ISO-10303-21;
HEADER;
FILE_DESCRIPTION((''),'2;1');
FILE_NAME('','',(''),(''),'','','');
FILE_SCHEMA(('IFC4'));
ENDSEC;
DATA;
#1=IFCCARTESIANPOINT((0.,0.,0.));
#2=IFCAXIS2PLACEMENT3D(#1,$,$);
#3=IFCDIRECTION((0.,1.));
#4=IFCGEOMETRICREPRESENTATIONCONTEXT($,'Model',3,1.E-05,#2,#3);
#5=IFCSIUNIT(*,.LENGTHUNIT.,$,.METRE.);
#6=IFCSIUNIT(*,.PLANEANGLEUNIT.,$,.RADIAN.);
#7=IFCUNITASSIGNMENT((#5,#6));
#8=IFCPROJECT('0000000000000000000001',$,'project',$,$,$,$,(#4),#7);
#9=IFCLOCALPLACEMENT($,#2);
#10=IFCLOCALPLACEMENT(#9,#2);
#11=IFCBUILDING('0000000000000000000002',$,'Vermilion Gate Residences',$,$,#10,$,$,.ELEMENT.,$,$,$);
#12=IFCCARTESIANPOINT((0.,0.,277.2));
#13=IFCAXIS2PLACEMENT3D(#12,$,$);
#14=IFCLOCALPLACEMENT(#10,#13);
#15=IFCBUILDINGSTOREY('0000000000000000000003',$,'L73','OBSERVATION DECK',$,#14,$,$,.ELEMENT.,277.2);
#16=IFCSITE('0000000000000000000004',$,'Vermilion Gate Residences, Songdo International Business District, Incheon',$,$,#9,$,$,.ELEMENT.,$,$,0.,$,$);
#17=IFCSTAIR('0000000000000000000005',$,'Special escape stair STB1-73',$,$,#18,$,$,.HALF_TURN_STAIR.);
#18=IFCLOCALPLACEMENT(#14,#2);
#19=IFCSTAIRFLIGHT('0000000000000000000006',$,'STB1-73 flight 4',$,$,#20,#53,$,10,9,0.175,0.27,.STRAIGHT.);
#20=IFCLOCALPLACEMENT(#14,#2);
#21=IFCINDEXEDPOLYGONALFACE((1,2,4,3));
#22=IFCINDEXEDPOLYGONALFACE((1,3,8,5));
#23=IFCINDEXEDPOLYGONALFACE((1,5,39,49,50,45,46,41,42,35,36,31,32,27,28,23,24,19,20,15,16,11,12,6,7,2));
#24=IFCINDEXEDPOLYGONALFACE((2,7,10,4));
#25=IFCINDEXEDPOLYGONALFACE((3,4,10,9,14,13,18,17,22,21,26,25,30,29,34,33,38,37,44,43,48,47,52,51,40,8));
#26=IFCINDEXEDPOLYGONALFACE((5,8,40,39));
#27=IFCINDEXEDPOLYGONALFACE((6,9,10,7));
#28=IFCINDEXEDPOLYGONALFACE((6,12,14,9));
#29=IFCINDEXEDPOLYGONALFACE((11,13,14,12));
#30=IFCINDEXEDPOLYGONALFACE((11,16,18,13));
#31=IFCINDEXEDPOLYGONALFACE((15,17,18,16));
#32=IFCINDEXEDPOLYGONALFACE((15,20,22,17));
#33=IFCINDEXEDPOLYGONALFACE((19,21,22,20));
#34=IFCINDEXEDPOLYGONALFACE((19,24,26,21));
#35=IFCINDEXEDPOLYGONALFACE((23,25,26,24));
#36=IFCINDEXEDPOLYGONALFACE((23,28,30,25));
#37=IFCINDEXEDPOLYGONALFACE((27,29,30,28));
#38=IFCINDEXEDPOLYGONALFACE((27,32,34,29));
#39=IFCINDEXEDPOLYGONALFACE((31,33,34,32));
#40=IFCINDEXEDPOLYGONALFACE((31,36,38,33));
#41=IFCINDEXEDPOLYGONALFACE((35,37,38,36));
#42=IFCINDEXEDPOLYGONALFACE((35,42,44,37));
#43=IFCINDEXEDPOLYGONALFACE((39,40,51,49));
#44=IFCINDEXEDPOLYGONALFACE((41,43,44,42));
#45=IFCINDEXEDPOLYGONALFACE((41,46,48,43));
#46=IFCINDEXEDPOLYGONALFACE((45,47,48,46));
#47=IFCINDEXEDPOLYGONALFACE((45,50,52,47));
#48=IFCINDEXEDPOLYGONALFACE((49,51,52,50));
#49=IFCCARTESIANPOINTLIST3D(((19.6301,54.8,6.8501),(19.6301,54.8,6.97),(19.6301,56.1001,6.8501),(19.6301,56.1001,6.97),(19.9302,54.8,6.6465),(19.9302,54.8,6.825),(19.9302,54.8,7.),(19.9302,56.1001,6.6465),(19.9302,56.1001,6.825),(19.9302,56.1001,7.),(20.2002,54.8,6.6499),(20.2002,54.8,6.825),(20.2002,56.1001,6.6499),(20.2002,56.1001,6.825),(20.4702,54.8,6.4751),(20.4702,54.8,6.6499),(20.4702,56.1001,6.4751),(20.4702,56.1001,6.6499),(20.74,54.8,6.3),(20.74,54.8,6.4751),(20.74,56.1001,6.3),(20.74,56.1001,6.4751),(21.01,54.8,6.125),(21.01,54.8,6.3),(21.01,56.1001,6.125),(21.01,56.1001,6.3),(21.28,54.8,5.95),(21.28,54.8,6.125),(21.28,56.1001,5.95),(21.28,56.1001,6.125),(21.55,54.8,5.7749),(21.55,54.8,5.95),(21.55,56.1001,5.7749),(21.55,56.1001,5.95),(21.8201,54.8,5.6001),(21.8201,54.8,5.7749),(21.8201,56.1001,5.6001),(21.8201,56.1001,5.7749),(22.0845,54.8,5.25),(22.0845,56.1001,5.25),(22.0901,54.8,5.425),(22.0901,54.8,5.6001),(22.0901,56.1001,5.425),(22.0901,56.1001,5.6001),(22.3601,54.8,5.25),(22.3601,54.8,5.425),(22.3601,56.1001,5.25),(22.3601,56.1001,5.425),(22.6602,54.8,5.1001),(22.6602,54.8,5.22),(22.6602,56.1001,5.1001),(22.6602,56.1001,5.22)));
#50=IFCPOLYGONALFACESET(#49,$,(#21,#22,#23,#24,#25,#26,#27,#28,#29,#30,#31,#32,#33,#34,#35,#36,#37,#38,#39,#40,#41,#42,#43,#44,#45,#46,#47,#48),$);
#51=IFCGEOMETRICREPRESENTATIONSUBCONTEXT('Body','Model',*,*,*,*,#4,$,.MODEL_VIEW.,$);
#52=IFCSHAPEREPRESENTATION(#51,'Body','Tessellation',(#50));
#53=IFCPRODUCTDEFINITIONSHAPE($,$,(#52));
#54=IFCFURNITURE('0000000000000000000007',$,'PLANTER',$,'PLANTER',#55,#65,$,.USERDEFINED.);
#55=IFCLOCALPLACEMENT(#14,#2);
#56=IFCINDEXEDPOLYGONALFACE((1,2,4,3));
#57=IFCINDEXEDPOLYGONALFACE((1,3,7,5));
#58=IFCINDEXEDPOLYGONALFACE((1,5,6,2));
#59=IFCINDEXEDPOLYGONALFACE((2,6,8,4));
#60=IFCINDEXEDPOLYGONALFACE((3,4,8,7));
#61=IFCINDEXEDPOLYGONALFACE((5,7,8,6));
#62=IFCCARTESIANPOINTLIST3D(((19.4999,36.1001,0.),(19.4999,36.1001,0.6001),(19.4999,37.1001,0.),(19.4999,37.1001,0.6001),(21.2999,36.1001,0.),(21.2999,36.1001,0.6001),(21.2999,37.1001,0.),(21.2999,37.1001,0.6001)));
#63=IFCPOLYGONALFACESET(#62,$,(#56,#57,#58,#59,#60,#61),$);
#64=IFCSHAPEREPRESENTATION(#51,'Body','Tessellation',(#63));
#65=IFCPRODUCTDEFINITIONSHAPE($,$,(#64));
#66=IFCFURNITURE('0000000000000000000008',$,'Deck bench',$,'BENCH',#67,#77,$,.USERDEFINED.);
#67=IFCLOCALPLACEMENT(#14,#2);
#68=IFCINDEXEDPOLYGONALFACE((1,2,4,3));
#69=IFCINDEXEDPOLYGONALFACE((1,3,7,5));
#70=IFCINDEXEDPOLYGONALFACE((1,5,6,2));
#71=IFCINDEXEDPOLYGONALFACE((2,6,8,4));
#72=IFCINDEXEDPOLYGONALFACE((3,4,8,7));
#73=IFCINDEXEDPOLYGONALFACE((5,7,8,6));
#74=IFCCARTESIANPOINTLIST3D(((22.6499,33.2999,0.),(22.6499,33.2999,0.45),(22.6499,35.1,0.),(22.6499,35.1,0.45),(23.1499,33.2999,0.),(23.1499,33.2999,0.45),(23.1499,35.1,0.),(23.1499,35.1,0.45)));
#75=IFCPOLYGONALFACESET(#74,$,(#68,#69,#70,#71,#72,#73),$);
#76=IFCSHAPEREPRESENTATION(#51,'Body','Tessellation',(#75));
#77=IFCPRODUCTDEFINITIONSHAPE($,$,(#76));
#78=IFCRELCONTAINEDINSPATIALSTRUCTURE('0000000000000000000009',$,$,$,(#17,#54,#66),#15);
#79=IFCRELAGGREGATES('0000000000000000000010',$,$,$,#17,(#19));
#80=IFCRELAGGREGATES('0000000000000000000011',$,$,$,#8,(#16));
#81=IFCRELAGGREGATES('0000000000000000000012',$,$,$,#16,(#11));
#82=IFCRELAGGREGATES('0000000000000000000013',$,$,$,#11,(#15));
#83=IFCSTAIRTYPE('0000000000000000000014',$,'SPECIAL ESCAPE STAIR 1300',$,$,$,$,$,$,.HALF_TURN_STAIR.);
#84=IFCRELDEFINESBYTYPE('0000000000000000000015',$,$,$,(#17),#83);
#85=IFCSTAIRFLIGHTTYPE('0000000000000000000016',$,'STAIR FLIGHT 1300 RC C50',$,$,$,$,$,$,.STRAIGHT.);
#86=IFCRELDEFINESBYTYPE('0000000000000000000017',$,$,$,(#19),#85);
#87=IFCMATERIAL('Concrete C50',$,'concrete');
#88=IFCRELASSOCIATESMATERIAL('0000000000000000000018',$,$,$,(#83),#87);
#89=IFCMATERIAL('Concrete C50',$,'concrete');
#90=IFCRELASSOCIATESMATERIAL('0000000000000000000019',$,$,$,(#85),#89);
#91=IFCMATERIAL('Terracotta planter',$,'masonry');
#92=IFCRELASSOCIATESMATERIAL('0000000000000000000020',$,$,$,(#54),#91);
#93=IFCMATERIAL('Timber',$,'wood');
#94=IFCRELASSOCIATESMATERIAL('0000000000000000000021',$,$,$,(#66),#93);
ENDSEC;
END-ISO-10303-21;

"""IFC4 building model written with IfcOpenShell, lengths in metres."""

from ifc_helpers import new_model, si_unit, direction, frame, origin, origin_2d, place, context, subcontext, project, spatial, polyline, rectangle, outline, extrude, material, type_object, element, aggregate, save


model = new_model("IFC4")

# Units and contexts
model_context = context("Model", 3, precision=1e-05, world=origin(), true_north=direction((0.0, 1.0)))
body_context = subcontext(model_context, "Body", "Model", "MODEL_VIEW")
ifc_project = project(units=[si_unit("LENGTHUNIT", "METRE"), si_unit("PLANEANGLEUNIT", "RADIAN")], contexts=[model_context])

# Site, building, storey
site_placement = place(None, origin())
site = spatial("IfcSite", under=ifc_project, at=site_placement, Name="Vermilion Gate Residences, Songdo International Business District, Incheon", CompositionType="ELEMENT", RefElevation=0.0)
building_placement = place(site_placement, origin())
building = spatial("IfcBuilding", under=site, at=building_placement, Name="Vermilion Gate Residences", CompositionType="ELEMENT")
storey_placement = place(building_placement, frame((0.0, 0.0, 277.2)))
storey = spatial("IfcBuildingStorey", under=building, at=storey_placement, Name="L73", Description="OBSERVATION DECK", CompositionType="ELEMENT", Elevation=277.2)

# Stair, stair flight
ifc_material_1 = material(Name="Concrete C50", Category="concrete")
stair_type = type_object("IfcStairType", Name="SPECIAL ESCAPE STAIR 1300", PredefinedType="HALF_TURN_STAIR", material=ifc_material_1)
stair_placement = place(storey_placement, origin())
stair = element("IfcStair", 1, at=stair_placement, inside=storey, type_object=stair_type, Name="Special escape stair STB1-73", PredefinedType="HALF_TURN_STAIR")
ifc_material_2 = material(Name="Concrete C50", Category="concrete")
stair_flight_type = type_object("IfcStairFlightType", Name="STAIR FLIGHT 1300 RC C50", PredefinedType="STRAIGHT", material=ifc_material_2)
stair_flight_1_placement = place(storey_placement, frame((22.3601, 55.45, 5.25), z_axis=(0.0, 0.0, 1.0), x_axis=(-1.0, 0.0, 0.0)))
stair_flight_1 = element("IfcStairFlight", 2, at=stair_flight_1_placement, type_object=stair_flight_type, Name="STB1-73 flight 4", NumberOfRisers=10, NumberOfTreads=9, PredefinedType="STRAIGHT", RiserHeight=0.175, TreadLength=0.27, context=body_context, shape_type="SweptSolid", body=[
    extrude(outline(polyline([(-0.3, -0.1499), (-0.3, -0.03), (0.0, 0.0), (0.0, 0.175), (0.27, 0.175), (0.27, 0.3501), (0.54, 0.3501), (0.54, 0.5249), (0.8101, 0.5249), (0.8101, 0.7), (1.0801, 0.7), (1.0801, 0.875), (1.3501, 0.875), (1.3501, 1.05), (1.6201, 1.05), (1.6201, 1.2251), (1.8899, 1.2251), (1.8899, 1.3999), (2.1599, 1.3999), (2.1599, 1.575), (2.4299, 1.575), (2.4299, 1.75), (2.73, 1.72), (2.73, 1.6001), (2.4299, 1.3965), (0.2756, 0.0), (-0.3, -0.1499)])), frame((0.0, 0.6499, 0.0), z_axis=(0.0, -1.0, 0.0), x_axis=(1.0, 0.0, 0.0)), (0.0, 0.0, 1.0), 1.3),
])
aggregate(stair, [stair_flight_1])

# Furniture
ifc_material_3 = material(Name="Terracotta planter", Category="masonry")
furniture_1_placement = place(storey_placement, frame((20.3999, 36.6001, 0.0), z_axis=(0.0, 0.0, 1.0), x_axis=(1.0, 0.0, 0.0)))
element("IfcFurniture", 3, at=furniture_1_placement, inside=storey, material=ifc_material_3, Name="PLANTER", ObjectType="PLANTER", PredefinedType="USERDEFINED", context=body_context, shape_type="SweptSolid", body=[
    extrude(rectangle(XDim=1.8, YDim=1.0, at=origin_2d()), origin(), (0.0, 0.0, 1.0), 0.6001),
])
ifc_material_4 = material(Name="Timber", Category="wood")
furniture_2_placement = place(storey_placement, frame((22.8999, 34.2, 0.0), z_axis=(0.0, 0.0, 1.0), x_axis=(0.0, 1.0, 0.0)))
element("IfcFurniture", 4, at=furniture_2_placement, inside=storey, material=ifc_material_4, Name="Deck bench", ObjectType="BENCH", PredefinedType="USERDEFINED", context=body_context, shape_type="SweptSolid", body=[
    extrude(rectangle(XDim=1.8, YDim=0.5, at=origin_2d()), origin(), (0.0, 0.0, 1.0), 0.45),
])

save(model, "model.ifc")
